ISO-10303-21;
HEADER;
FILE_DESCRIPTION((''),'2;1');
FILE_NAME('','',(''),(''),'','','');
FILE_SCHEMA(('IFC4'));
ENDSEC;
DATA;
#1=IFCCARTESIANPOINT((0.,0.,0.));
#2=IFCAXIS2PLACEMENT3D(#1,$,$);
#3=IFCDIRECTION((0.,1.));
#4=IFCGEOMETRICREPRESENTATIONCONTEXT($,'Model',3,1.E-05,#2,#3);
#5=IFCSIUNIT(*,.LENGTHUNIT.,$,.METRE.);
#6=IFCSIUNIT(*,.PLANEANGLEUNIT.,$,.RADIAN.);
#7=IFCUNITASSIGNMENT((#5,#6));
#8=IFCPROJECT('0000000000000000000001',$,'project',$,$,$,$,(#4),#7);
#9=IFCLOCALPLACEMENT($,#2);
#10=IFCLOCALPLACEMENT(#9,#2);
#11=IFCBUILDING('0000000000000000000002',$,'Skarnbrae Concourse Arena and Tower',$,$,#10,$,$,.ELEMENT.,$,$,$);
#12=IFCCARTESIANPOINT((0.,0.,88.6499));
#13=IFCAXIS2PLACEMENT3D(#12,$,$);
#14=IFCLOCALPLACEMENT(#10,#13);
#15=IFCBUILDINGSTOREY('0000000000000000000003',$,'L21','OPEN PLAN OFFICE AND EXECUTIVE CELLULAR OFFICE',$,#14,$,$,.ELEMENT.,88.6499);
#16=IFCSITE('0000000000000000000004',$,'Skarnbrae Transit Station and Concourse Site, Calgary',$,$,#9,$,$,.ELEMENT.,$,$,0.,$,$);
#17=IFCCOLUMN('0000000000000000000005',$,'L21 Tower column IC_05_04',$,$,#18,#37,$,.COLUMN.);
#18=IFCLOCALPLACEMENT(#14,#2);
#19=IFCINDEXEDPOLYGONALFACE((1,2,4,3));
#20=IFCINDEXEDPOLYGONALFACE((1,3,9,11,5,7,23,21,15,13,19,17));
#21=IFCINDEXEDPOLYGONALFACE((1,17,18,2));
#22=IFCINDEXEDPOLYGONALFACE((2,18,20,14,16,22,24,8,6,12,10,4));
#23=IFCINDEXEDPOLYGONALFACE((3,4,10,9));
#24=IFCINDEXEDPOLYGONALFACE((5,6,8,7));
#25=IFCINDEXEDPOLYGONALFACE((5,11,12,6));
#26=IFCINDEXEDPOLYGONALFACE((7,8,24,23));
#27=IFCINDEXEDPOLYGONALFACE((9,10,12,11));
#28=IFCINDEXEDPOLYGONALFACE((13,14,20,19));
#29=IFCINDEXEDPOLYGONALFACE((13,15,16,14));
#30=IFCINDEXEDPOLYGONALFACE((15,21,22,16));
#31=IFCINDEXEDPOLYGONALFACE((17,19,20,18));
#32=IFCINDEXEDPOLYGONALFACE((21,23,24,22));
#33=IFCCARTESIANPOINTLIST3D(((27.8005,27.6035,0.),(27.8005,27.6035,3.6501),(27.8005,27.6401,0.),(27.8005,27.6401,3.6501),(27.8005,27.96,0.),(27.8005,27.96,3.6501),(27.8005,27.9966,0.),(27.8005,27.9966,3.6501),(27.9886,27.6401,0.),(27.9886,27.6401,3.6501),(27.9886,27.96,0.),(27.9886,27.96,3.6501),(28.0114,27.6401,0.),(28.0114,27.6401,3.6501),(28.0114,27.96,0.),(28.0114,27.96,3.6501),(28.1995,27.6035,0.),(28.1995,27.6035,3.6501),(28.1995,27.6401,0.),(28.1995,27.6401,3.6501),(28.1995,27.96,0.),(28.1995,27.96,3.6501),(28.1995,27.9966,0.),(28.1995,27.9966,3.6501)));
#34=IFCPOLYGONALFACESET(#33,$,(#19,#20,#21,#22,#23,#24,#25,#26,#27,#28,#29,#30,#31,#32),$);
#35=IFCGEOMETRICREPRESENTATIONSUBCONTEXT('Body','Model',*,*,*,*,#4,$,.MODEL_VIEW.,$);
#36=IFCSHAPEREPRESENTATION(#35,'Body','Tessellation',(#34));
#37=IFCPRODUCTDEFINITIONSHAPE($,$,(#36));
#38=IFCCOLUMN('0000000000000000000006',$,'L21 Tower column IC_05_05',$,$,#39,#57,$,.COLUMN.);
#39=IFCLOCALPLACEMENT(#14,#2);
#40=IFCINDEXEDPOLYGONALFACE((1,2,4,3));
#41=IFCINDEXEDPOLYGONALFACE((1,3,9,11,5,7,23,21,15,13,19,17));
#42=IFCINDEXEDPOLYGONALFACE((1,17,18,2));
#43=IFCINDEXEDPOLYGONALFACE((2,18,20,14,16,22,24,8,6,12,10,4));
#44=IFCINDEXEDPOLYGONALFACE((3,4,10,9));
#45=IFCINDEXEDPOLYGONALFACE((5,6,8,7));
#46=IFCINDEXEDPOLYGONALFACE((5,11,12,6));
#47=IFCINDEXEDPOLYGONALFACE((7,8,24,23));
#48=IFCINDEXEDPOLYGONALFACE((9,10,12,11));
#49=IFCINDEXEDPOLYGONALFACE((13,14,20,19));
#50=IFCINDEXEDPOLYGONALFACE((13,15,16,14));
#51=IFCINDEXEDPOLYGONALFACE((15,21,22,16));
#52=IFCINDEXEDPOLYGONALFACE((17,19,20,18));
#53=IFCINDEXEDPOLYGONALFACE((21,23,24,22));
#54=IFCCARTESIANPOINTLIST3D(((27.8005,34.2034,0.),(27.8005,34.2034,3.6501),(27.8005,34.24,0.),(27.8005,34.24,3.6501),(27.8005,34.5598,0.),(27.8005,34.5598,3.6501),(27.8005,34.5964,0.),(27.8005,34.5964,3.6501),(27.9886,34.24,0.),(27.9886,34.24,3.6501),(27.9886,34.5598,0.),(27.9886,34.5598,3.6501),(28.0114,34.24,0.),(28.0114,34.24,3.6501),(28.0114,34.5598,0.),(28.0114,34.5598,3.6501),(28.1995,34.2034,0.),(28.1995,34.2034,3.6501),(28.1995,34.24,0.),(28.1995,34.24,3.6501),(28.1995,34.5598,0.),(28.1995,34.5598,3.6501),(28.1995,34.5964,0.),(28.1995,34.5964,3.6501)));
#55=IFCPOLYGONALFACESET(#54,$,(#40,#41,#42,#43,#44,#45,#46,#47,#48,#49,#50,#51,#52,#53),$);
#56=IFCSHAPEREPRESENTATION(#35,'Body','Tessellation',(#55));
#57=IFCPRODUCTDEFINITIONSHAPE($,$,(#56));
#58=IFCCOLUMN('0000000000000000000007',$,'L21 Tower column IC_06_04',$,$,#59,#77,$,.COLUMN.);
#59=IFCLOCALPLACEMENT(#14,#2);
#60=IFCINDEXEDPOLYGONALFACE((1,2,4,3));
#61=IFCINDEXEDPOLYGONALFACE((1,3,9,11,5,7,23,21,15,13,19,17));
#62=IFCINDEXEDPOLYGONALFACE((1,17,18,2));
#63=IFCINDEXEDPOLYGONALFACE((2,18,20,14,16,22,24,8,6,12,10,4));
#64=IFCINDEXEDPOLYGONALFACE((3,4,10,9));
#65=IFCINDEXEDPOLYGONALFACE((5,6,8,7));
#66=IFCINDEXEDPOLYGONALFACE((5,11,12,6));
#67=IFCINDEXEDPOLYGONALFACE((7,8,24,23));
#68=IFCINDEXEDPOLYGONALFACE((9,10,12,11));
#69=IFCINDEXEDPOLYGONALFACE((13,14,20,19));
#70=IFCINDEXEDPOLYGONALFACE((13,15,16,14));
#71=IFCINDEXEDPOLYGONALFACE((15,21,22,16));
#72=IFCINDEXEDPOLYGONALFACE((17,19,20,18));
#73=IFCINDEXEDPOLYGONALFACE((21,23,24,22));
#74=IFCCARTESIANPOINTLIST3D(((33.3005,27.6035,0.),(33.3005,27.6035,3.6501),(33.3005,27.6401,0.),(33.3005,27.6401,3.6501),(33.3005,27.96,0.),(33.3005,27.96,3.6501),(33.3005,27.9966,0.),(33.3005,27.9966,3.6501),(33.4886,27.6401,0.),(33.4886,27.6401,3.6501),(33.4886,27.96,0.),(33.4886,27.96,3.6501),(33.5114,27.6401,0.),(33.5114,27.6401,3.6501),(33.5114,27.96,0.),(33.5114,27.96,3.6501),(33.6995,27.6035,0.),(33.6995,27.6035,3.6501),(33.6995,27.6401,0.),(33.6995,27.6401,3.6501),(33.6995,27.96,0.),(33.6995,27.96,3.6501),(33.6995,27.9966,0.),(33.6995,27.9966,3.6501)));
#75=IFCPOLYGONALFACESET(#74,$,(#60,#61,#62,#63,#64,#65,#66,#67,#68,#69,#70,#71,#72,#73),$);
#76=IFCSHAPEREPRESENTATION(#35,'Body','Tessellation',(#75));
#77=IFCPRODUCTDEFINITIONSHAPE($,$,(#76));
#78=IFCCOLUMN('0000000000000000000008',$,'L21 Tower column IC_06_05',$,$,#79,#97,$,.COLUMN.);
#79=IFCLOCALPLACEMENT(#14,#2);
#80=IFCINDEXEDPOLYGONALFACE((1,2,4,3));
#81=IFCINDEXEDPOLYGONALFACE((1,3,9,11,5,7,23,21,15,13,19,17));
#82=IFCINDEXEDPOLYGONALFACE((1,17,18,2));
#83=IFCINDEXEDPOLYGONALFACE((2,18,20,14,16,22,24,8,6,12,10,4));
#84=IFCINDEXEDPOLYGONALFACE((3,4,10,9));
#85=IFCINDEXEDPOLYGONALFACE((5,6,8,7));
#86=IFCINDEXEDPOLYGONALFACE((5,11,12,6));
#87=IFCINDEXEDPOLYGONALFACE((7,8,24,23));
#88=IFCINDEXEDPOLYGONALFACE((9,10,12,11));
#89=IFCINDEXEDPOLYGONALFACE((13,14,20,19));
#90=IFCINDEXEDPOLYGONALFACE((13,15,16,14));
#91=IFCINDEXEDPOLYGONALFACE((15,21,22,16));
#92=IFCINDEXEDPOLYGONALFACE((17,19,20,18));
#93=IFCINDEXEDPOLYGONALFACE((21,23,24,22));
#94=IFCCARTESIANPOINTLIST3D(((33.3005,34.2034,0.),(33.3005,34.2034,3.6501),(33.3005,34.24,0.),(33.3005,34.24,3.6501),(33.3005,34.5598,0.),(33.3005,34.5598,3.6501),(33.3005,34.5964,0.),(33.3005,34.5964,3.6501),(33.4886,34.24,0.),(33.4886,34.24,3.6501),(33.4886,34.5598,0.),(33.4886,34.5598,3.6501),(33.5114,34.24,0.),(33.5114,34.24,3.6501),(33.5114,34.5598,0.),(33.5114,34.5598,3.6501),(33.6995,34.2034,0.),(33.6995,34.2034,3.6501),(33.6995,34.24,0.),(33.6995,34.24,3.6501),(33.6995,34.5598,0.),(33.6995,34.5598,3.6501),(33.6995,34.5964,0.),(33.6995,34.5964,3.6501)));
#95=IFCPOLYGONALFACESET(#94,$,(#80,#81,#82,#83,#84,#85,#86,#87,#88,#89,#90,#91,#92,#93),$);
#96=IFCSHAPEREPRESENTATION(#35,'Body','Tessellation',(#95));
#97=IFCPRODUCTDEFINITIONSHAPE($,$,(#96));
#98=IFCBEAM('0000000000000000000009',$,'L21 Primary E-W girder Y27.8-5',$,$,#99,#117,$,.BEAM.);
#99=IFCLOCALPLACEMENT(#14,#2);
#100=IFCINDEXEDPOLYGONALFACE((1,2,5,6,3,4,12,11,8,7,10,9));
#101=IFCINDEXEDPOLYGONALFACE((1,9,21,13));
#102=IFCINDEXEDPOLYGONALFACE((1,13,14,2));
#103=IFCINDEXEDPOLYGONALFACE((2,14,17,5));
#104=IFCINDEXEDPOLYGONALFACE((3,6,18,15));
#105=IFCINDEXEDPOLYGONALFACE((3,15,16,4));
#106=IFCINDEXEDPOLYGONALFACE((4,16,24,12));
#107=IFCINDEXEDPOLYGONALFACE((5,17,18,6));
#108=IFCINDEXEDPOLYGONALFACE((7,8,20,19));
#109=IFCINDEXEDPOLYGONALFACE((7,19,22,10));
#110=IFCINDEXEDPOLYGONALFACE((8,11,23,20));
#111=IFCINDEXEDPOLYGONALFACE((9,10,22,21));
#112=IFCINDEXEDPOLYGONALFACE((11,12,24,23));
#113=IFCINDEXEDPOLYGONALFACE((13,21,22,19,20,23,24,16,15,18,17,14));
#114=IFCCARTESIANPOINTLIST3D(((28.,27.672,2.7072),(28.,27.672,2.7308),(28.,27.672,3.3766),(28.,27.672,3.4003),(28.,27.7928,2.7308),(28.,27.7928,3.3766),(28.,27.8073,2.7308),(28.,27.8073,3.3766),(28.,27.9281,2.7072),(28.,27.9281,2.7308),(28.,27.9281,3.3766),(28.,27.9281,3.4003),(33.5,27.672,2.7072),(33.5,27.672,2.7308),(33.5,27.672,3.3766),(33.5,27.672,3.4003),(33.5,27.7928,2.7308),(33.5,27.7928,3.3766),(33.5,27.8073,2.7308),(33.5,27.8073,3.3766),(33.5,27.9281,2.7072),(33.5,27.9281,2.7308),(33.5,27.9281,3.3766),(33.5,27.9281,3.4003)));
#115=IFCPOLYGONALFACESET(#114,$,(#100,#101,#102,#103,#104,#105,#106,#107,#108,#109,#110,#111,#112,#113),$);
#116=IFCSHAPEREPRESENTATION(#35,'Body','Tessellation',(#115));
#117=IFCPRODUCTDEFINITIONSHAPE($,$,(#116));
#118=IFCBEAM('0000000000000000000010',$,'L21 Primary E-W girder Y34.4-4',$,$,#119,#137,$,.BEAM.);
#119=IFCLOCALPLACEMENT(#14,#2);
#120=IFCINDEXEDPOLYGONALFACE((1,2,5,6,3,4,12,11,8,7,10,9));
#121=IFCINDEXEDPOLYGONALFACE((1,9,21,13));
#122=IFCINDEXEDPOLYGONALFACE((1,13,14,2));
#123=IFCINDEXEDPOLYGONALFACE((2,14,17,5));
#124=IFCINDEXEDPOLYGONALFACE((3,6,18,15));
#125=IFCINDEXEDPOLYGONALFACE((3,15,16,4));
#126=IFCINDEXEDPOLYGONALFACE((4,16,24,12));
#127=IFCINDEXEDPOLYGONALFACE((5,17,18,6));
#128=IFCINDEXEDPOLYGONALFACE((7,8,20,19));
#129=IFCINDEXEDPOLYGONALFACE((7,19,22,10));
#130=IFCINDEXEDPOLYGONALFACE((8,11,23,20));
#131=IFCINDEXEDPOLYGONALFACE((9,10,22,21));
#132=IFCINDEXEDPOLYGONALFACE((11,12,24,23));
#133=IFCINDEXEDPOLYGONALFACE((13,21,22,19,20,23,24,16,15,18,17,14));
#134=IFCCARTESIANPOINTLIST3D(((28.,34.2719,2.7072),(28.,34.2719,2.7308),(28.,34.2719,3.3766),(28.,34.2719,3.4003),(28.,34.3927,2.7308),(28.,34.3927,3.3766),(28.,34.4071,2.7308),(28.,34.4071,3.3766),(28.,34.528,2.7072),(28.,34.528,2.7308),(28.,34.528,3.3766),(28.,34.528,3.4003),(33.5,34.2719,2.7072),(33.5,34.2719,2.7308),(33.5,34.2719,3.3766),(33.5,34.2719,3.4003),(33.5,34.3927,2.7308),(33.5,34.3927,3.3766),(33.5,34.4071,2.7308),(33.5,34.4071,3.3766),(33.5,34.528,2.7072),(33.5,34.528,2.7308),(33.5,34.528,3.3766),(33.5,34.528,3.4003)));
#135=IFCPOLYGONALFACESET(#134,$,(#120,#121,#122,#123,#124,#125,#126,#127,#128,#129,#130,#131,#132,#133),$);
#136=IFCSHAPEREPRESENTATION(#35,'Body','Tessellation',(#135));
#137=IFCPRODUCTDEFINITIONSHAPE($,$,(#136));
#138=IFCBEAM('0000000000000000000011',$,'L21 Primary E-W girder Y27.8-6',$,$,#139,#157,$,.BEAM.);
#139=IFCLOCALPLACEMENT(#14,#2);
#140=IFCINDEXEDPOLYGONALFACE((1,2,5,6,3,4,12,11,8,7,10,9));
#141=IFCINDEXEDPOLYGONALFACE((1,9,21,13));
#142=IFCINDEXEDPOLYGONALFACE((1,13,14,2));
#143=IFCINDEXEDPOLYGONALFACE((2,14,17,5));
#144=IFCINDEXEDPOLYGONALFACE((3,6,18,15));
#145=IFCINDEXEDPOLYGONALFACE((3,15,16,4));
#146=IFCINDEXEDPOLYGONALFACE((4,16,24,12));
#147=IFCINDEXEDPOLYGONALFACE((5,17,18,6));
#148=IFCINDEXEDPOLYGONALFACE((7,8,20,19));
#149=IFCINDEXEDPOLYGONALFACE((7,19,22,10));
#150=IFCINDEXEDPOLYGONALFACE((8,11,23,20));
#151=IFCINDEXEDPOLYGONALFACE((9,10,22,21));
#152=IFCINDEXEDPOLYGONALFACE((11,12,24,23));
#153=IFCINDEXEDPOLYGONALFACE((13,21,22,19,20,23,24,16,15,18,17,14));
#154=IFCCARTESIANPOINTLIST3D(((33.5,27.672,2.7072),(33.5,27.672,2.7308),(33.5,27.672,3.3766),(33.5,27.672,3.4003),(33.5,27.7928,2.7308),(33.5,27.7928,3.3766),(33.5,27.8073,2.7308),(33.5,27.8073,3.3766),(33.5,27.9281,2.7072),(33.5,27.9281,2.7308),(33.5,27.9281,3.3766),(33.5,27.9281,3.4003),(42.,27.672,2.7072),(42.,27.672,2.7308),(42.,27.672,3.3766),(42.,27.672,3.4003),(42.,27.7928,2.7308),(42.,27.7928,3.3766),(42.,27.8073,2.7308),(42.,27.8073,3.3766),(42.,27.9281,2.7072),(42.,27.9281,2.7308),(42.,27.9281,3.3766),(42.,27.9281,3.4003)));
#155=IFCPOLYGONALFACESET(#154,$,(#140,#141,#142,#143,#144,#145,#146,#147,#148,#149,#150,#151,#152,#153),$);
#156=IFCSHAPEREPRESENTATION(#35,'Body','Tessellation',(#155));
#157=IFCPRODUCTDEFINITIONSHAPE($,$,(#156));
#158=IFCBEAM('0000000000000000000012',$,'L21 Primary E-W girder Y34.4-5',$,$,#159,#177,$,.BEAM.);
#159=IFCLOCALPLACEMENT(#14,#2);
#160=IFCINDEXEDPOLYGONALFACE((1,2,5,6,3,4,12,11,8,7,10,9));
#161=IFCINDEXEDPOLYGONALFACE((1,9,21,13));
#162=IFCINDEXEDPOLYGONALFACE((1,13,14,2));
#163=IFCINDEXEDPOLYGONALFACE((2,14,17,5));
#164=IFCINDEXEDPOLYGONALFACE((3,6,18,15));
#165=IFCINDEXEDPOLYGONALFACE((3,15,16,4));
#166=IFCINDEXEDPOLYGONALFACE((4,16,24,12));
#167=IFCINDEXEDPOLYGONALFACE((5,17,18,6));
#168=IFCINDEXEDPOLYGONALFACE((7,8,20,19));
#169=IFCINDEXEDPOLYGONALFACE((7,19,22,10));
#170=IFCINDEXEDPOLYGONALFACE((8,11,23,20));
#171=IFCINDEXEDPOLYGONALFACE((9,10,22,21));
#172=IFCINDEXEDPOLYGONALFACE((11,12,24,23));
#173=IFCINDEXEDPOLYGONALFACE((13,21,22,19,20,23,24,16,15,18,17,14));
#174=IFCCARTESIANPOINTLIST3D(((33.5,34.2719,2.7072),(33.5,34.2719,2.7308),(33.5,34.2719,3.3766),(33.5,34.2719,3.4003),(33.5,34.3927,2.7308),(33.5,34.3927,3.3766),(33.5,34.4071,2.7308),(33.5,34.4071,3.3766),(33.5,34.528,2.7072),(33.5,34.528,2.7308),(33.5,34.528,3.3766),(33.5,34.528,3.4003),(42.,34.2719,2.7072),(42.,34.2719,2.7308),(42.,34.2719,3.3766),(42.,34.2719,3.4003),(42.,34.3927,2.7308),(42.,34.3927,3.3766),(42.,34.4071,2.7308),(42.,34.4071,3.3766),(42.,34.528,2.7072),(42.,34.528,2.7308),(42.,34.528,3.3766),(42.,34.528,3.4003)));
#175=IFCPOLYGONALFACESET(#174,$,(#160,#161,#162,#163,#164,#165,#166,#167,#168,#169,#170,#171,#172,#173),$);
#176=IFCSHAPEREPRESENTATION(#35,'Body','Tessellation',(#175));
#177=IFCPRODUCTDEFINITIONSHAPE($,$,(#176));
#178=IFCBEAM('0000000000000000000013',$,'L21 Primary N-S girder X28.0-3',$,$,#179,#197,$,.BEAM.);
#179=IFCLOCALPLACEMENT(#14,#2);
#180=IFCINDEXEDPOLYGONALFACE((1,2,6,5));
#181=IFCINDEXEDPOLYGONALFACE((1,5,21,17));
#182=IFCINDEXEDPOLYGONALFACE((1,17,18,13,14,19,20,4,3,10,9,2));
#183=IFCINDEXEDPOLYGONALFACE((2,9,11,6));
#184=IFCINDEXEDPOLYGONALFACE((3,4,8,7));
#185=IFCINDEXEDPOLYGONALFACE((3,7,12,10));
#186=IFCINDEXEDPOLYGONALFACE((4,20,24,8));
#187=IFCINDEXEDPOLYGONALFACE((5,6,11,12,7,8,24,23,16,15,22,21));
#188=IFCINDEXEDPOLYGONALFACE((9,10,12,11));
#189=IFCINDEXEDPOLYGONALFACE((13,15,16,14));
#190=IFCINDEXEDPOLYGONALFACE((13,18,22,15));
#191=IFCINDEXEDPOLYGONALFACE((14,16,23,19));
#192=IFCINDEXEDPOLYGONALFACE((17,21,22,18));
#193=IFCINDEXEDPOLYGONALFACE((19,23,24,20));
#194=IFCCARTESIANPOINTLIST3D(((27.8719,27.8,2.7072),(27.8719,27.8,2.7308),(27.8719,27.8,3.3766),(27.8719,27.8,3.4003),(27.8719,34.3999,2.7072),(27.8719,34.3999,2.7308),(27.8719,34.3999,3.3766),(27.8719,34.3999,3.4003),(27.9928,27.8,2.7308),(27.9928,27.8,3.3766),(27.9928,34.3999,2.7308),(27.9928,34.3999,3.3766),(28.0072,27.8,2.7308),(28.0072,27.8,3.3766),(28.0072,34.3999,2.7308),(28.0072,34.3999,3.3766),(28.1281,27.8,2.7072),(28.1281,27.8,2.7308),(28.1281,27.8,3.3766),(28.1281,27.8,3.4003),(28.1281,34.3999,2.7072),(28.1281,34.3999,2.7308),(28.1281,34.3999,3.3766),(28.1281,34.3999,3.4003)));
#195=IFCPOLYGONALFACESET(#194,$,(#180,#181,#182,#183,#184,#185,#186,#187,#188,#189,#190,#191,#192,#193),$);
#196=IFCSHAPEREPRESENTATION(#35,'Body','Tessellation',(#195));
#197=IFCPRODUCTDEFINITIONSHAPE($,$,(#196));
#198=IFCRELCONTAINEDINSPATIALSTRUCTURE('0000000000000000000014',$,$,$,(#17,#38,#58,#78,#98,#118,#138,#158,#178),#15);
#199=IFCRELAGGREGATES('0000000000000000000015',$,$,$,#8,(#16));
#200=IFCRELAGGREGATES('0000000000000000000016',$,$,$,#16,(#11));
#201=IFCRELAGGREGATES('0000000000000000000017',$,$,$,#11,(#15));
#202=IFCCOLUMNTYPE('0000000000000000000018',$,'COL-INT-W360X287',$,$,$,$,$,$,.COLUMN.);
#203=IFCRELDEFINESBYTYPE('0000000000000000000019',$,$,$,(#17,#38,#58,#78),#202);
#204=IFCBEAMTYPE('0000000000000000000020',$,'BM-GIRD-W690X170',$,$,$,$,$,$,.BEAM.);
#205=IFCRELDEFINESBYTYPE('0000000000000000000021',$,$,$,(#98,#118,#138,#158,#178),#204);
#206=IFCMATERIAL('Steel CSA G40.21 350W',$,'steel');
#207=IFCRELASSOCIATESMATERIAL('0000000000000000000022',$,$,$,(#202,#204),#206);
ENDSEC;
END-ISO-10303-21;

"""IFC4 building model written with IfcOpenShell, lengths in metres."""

from ifc_helpers import new_model, si_unit, direction, frame, origin, origin_2d, place, context, subcontext, project, spatial, i_section, extrude, source, transform, mapped, material, material_profile, profile_set, type_object, element, save


model = new_model("IFC4")

# Units and contexts
model_context = context("Model", 3, precision=1e-05, world=origin(), true_north=direction((0.0, 1.0)))
body_context = subcontext(model_context, "Body", "Model", "MODEL_VIEW")
ifc_project = project(units=[si_unit("LENGTHUNIT", "METRE"), si_unit("PLANEANGLEUNIT", "RADIAN")], contexts=[model_context])

# Site, building, storey
site_placement = place(None, origin())
site = spatial("IfcSite", under=ifc_project, at=site_placement, Name="Skarnbrae Transit Station and Concourse Site, Calgary", CompositionType="ELEMENT", RefElevation=0.0)
building_placement = place(site_placement, origin())
building = spatial("IfcBuilding", under=site, at=building_placement, Name="Skarnbrae Concourse Arena and Tower", CompositionType="ELEMENT")
storey_placement = place(building_placement, frame((0.0, 0.0, 88.6499)))
storey = spatial("IfcBuildingStorey", under=building, at=storey_placement, Name="L21", Description="OPEN PLAN OFFICE AND EXECUTIVE CELLULAR OFFICE", CompositionType="ELEMENT", Elevation=88.6499)

# Columns
ifc_material_1 = material(Name="Steel CSA G40.21 350W", Category="steel")
ifc_material_profile_1 = material_profile(ifc_material_1, i_section(OverallWidth=0.3989, OverallDepth=0.3931, WebThickness=0.0227, FlangeThickness=0.0366, at=origin_2d()), Name="W360X287")
ifc_profile_set_1 = profile_set([ifc_material_profile_1], Name="Steel CSA G40.21 350W")
column_type = type_object("IfcColumnType", Name="COL-INT-W360X287", PredefinedType="COLUMN", material=ifc_profile_set_1)
shared_shape_1 = source(origin(), body_context, "Body", "SweptSolid", [
    extrude(i_section(OverallWidth=0.3989, OverallDepth=0.3931, WebThickness=0.0227, FlangeThickness=0.0366, at=origin_2d()), origin(), (0.0, 0.0, 1.0), 3.6501),
])
for number, where, z_axis, x_axis, name in (
    (1, (28.0, 27.8, 0.0), (0.0, 0.0, 1.0), (1.0, 0.0, 0.0), "L21 Tower column IC_05_04"),
    (2, (28.0, 34.3999, 0.0), (0.0, 0.0, 1.0), (1.0, 0.0, 0.0), "L21 Tower column IC_05_05"),
    (3, (33.5, 27.8, 0.0), (0.0, 0.0, 1.0), (1.0, 0.0, 0.0), "L21 Tower column IC_06_04"),
    (4, (33.5, 34.3999, 0.0), (0.0, 0.0, 1.0), (1.0, 0.0, 0.0), "L21 Tower column IC_06_05"),
):
    element("IfcColumn", number, at=place(storey_placement, frame(where, z_axis=z_axis, x_axis=x_axis)), inside=storey, type_object=column_type, Name=name, PredefinedType="COLUMN", context=body_context, shape_type="MappedRepresentation", body=[
        mapped(shared_shape_1, transform((0.0, 0.0, 0.0))),
    ])

# Beams
ifc_material_profile_2 = material_profile(ifc_material_1, i_section(OverallWidth=0.2561, OverallDepth=0.6931, WebThickness=0.0144, FlangeThickness=0.0237, at=origin_2d()), Name="W690X170")
ifc_profile_set_2 = profile_set([ifc_material_profile_2], Name="Steel CSA G40.21 350W")
beam_type_1 = type_object("IfcBeamType", Name="BM-GIRD-W690X170", PredefinedType="BEAM", material=ifc_profile_set_2)
shared_shape_2 = source(origin(), body_context, "Body", "SweptSolid", [
    extrude(i_section(OverallWidth=0.2561, OverallDepth=0.6931, WebThickness=0.0144, FlangeThickness=0.0237, at=origin_2d()), origin(), (0.0, 0.0, 1.0), 5.5),
])
for number, where, z_axis, x_axis, name in (
    (5, (28.0, 27.8, 3.0537), (1.0, 0.0, 0.0), (0.0, 1.0, 0.0), "L21 Primary E-W girder Y27.8-5"),
    (6, (28.0, 34.3999, 3.0537), (1.0, 0.0, 0.0), (0.0, 1.0, 0.0), "L21 Primary E-W girder Y34.4-4"),
):
    element("IfcBeam", number, at=place(storey_placement, frame(where, z_axis=z_axis, x_axis=x_axis)), inside=storey, type_object=beam_type_1, Name=name, PredefinedType="BEAM", context=body_context, shape_type="MappedRepresentation", body=[
        mapped(shared_shape_2, transform((0.0, 0.0, 0.0))),
    ])
shared_shape_3 = source(origin(), body_context, "Body", "SweptSolid", [
    extrude(i_section(OverallWidth=0.2561, OverallDepth=0.6931, WebThickness=0.0144, FlangeThickness=0.0237, at=origin_2d()), origin(), (0.0, 0.0, 1.0), 8.5),
])
for number, where, z_axis, x_axis, name in (
    (7, (33.5, 27.8, 3.0537), (1.0, 0.0, 0.0), (0.0, 1.0, 0.0), "L21 Primary E-W girder Y27.8-6"),
    (8, (33.5, 34.3999, 3.0537), (1.0, 0.0, 0.0), (0.0, 1.0, 0.0), "L21 Primary E-W girder Y34.4-5"),
):
    element("IfcBeam", number, at=place(storey_placement, frame(where, z_axis=z_axis, x_axis=x_axis)), inside=storey, type_object=beam_type_1, Name=name, PredefinedType="BEAM", context=body_context, shape_type="MappedRepresentation", body=[
        mapped(shared_shape_3, transform((0.0, 0.0, 0.0))),
    ])
shared_shape_4 = source(origin(), body_context, "Body", "SweptSolid", [
    extrude(i_section(OverallWidth=0.2561, OverallDepth=0.6931, WebThickness=0.0144, FlangeThickness=0.0237, at=origin_2d()), origin(), (0.0, 0.0, 1.0), 6.5999),
])
for number, where, z_axis, x_axis, name in (
    (9, (28.0, 27.8, 3.0537), (0.0, 1.0, 0.0), (-1.0, 0.0, 0.0), "L21 Primary N-S girder X28.0-3"),
):
    element("IfcBeam", number, at=place(storey_placement, frame(where, z_axis=z_axis, x_axis=x_axis)), inside=storey, type_object=beam_type_1, Name=name, PredefinedType="BEAM", context=body_context, shape_type="MappedRepresentation", body=[
        mapped(shared_shape_4, transform((0.0, 0.0, 0.0))),
    ])

save(model, "model.ifc")
